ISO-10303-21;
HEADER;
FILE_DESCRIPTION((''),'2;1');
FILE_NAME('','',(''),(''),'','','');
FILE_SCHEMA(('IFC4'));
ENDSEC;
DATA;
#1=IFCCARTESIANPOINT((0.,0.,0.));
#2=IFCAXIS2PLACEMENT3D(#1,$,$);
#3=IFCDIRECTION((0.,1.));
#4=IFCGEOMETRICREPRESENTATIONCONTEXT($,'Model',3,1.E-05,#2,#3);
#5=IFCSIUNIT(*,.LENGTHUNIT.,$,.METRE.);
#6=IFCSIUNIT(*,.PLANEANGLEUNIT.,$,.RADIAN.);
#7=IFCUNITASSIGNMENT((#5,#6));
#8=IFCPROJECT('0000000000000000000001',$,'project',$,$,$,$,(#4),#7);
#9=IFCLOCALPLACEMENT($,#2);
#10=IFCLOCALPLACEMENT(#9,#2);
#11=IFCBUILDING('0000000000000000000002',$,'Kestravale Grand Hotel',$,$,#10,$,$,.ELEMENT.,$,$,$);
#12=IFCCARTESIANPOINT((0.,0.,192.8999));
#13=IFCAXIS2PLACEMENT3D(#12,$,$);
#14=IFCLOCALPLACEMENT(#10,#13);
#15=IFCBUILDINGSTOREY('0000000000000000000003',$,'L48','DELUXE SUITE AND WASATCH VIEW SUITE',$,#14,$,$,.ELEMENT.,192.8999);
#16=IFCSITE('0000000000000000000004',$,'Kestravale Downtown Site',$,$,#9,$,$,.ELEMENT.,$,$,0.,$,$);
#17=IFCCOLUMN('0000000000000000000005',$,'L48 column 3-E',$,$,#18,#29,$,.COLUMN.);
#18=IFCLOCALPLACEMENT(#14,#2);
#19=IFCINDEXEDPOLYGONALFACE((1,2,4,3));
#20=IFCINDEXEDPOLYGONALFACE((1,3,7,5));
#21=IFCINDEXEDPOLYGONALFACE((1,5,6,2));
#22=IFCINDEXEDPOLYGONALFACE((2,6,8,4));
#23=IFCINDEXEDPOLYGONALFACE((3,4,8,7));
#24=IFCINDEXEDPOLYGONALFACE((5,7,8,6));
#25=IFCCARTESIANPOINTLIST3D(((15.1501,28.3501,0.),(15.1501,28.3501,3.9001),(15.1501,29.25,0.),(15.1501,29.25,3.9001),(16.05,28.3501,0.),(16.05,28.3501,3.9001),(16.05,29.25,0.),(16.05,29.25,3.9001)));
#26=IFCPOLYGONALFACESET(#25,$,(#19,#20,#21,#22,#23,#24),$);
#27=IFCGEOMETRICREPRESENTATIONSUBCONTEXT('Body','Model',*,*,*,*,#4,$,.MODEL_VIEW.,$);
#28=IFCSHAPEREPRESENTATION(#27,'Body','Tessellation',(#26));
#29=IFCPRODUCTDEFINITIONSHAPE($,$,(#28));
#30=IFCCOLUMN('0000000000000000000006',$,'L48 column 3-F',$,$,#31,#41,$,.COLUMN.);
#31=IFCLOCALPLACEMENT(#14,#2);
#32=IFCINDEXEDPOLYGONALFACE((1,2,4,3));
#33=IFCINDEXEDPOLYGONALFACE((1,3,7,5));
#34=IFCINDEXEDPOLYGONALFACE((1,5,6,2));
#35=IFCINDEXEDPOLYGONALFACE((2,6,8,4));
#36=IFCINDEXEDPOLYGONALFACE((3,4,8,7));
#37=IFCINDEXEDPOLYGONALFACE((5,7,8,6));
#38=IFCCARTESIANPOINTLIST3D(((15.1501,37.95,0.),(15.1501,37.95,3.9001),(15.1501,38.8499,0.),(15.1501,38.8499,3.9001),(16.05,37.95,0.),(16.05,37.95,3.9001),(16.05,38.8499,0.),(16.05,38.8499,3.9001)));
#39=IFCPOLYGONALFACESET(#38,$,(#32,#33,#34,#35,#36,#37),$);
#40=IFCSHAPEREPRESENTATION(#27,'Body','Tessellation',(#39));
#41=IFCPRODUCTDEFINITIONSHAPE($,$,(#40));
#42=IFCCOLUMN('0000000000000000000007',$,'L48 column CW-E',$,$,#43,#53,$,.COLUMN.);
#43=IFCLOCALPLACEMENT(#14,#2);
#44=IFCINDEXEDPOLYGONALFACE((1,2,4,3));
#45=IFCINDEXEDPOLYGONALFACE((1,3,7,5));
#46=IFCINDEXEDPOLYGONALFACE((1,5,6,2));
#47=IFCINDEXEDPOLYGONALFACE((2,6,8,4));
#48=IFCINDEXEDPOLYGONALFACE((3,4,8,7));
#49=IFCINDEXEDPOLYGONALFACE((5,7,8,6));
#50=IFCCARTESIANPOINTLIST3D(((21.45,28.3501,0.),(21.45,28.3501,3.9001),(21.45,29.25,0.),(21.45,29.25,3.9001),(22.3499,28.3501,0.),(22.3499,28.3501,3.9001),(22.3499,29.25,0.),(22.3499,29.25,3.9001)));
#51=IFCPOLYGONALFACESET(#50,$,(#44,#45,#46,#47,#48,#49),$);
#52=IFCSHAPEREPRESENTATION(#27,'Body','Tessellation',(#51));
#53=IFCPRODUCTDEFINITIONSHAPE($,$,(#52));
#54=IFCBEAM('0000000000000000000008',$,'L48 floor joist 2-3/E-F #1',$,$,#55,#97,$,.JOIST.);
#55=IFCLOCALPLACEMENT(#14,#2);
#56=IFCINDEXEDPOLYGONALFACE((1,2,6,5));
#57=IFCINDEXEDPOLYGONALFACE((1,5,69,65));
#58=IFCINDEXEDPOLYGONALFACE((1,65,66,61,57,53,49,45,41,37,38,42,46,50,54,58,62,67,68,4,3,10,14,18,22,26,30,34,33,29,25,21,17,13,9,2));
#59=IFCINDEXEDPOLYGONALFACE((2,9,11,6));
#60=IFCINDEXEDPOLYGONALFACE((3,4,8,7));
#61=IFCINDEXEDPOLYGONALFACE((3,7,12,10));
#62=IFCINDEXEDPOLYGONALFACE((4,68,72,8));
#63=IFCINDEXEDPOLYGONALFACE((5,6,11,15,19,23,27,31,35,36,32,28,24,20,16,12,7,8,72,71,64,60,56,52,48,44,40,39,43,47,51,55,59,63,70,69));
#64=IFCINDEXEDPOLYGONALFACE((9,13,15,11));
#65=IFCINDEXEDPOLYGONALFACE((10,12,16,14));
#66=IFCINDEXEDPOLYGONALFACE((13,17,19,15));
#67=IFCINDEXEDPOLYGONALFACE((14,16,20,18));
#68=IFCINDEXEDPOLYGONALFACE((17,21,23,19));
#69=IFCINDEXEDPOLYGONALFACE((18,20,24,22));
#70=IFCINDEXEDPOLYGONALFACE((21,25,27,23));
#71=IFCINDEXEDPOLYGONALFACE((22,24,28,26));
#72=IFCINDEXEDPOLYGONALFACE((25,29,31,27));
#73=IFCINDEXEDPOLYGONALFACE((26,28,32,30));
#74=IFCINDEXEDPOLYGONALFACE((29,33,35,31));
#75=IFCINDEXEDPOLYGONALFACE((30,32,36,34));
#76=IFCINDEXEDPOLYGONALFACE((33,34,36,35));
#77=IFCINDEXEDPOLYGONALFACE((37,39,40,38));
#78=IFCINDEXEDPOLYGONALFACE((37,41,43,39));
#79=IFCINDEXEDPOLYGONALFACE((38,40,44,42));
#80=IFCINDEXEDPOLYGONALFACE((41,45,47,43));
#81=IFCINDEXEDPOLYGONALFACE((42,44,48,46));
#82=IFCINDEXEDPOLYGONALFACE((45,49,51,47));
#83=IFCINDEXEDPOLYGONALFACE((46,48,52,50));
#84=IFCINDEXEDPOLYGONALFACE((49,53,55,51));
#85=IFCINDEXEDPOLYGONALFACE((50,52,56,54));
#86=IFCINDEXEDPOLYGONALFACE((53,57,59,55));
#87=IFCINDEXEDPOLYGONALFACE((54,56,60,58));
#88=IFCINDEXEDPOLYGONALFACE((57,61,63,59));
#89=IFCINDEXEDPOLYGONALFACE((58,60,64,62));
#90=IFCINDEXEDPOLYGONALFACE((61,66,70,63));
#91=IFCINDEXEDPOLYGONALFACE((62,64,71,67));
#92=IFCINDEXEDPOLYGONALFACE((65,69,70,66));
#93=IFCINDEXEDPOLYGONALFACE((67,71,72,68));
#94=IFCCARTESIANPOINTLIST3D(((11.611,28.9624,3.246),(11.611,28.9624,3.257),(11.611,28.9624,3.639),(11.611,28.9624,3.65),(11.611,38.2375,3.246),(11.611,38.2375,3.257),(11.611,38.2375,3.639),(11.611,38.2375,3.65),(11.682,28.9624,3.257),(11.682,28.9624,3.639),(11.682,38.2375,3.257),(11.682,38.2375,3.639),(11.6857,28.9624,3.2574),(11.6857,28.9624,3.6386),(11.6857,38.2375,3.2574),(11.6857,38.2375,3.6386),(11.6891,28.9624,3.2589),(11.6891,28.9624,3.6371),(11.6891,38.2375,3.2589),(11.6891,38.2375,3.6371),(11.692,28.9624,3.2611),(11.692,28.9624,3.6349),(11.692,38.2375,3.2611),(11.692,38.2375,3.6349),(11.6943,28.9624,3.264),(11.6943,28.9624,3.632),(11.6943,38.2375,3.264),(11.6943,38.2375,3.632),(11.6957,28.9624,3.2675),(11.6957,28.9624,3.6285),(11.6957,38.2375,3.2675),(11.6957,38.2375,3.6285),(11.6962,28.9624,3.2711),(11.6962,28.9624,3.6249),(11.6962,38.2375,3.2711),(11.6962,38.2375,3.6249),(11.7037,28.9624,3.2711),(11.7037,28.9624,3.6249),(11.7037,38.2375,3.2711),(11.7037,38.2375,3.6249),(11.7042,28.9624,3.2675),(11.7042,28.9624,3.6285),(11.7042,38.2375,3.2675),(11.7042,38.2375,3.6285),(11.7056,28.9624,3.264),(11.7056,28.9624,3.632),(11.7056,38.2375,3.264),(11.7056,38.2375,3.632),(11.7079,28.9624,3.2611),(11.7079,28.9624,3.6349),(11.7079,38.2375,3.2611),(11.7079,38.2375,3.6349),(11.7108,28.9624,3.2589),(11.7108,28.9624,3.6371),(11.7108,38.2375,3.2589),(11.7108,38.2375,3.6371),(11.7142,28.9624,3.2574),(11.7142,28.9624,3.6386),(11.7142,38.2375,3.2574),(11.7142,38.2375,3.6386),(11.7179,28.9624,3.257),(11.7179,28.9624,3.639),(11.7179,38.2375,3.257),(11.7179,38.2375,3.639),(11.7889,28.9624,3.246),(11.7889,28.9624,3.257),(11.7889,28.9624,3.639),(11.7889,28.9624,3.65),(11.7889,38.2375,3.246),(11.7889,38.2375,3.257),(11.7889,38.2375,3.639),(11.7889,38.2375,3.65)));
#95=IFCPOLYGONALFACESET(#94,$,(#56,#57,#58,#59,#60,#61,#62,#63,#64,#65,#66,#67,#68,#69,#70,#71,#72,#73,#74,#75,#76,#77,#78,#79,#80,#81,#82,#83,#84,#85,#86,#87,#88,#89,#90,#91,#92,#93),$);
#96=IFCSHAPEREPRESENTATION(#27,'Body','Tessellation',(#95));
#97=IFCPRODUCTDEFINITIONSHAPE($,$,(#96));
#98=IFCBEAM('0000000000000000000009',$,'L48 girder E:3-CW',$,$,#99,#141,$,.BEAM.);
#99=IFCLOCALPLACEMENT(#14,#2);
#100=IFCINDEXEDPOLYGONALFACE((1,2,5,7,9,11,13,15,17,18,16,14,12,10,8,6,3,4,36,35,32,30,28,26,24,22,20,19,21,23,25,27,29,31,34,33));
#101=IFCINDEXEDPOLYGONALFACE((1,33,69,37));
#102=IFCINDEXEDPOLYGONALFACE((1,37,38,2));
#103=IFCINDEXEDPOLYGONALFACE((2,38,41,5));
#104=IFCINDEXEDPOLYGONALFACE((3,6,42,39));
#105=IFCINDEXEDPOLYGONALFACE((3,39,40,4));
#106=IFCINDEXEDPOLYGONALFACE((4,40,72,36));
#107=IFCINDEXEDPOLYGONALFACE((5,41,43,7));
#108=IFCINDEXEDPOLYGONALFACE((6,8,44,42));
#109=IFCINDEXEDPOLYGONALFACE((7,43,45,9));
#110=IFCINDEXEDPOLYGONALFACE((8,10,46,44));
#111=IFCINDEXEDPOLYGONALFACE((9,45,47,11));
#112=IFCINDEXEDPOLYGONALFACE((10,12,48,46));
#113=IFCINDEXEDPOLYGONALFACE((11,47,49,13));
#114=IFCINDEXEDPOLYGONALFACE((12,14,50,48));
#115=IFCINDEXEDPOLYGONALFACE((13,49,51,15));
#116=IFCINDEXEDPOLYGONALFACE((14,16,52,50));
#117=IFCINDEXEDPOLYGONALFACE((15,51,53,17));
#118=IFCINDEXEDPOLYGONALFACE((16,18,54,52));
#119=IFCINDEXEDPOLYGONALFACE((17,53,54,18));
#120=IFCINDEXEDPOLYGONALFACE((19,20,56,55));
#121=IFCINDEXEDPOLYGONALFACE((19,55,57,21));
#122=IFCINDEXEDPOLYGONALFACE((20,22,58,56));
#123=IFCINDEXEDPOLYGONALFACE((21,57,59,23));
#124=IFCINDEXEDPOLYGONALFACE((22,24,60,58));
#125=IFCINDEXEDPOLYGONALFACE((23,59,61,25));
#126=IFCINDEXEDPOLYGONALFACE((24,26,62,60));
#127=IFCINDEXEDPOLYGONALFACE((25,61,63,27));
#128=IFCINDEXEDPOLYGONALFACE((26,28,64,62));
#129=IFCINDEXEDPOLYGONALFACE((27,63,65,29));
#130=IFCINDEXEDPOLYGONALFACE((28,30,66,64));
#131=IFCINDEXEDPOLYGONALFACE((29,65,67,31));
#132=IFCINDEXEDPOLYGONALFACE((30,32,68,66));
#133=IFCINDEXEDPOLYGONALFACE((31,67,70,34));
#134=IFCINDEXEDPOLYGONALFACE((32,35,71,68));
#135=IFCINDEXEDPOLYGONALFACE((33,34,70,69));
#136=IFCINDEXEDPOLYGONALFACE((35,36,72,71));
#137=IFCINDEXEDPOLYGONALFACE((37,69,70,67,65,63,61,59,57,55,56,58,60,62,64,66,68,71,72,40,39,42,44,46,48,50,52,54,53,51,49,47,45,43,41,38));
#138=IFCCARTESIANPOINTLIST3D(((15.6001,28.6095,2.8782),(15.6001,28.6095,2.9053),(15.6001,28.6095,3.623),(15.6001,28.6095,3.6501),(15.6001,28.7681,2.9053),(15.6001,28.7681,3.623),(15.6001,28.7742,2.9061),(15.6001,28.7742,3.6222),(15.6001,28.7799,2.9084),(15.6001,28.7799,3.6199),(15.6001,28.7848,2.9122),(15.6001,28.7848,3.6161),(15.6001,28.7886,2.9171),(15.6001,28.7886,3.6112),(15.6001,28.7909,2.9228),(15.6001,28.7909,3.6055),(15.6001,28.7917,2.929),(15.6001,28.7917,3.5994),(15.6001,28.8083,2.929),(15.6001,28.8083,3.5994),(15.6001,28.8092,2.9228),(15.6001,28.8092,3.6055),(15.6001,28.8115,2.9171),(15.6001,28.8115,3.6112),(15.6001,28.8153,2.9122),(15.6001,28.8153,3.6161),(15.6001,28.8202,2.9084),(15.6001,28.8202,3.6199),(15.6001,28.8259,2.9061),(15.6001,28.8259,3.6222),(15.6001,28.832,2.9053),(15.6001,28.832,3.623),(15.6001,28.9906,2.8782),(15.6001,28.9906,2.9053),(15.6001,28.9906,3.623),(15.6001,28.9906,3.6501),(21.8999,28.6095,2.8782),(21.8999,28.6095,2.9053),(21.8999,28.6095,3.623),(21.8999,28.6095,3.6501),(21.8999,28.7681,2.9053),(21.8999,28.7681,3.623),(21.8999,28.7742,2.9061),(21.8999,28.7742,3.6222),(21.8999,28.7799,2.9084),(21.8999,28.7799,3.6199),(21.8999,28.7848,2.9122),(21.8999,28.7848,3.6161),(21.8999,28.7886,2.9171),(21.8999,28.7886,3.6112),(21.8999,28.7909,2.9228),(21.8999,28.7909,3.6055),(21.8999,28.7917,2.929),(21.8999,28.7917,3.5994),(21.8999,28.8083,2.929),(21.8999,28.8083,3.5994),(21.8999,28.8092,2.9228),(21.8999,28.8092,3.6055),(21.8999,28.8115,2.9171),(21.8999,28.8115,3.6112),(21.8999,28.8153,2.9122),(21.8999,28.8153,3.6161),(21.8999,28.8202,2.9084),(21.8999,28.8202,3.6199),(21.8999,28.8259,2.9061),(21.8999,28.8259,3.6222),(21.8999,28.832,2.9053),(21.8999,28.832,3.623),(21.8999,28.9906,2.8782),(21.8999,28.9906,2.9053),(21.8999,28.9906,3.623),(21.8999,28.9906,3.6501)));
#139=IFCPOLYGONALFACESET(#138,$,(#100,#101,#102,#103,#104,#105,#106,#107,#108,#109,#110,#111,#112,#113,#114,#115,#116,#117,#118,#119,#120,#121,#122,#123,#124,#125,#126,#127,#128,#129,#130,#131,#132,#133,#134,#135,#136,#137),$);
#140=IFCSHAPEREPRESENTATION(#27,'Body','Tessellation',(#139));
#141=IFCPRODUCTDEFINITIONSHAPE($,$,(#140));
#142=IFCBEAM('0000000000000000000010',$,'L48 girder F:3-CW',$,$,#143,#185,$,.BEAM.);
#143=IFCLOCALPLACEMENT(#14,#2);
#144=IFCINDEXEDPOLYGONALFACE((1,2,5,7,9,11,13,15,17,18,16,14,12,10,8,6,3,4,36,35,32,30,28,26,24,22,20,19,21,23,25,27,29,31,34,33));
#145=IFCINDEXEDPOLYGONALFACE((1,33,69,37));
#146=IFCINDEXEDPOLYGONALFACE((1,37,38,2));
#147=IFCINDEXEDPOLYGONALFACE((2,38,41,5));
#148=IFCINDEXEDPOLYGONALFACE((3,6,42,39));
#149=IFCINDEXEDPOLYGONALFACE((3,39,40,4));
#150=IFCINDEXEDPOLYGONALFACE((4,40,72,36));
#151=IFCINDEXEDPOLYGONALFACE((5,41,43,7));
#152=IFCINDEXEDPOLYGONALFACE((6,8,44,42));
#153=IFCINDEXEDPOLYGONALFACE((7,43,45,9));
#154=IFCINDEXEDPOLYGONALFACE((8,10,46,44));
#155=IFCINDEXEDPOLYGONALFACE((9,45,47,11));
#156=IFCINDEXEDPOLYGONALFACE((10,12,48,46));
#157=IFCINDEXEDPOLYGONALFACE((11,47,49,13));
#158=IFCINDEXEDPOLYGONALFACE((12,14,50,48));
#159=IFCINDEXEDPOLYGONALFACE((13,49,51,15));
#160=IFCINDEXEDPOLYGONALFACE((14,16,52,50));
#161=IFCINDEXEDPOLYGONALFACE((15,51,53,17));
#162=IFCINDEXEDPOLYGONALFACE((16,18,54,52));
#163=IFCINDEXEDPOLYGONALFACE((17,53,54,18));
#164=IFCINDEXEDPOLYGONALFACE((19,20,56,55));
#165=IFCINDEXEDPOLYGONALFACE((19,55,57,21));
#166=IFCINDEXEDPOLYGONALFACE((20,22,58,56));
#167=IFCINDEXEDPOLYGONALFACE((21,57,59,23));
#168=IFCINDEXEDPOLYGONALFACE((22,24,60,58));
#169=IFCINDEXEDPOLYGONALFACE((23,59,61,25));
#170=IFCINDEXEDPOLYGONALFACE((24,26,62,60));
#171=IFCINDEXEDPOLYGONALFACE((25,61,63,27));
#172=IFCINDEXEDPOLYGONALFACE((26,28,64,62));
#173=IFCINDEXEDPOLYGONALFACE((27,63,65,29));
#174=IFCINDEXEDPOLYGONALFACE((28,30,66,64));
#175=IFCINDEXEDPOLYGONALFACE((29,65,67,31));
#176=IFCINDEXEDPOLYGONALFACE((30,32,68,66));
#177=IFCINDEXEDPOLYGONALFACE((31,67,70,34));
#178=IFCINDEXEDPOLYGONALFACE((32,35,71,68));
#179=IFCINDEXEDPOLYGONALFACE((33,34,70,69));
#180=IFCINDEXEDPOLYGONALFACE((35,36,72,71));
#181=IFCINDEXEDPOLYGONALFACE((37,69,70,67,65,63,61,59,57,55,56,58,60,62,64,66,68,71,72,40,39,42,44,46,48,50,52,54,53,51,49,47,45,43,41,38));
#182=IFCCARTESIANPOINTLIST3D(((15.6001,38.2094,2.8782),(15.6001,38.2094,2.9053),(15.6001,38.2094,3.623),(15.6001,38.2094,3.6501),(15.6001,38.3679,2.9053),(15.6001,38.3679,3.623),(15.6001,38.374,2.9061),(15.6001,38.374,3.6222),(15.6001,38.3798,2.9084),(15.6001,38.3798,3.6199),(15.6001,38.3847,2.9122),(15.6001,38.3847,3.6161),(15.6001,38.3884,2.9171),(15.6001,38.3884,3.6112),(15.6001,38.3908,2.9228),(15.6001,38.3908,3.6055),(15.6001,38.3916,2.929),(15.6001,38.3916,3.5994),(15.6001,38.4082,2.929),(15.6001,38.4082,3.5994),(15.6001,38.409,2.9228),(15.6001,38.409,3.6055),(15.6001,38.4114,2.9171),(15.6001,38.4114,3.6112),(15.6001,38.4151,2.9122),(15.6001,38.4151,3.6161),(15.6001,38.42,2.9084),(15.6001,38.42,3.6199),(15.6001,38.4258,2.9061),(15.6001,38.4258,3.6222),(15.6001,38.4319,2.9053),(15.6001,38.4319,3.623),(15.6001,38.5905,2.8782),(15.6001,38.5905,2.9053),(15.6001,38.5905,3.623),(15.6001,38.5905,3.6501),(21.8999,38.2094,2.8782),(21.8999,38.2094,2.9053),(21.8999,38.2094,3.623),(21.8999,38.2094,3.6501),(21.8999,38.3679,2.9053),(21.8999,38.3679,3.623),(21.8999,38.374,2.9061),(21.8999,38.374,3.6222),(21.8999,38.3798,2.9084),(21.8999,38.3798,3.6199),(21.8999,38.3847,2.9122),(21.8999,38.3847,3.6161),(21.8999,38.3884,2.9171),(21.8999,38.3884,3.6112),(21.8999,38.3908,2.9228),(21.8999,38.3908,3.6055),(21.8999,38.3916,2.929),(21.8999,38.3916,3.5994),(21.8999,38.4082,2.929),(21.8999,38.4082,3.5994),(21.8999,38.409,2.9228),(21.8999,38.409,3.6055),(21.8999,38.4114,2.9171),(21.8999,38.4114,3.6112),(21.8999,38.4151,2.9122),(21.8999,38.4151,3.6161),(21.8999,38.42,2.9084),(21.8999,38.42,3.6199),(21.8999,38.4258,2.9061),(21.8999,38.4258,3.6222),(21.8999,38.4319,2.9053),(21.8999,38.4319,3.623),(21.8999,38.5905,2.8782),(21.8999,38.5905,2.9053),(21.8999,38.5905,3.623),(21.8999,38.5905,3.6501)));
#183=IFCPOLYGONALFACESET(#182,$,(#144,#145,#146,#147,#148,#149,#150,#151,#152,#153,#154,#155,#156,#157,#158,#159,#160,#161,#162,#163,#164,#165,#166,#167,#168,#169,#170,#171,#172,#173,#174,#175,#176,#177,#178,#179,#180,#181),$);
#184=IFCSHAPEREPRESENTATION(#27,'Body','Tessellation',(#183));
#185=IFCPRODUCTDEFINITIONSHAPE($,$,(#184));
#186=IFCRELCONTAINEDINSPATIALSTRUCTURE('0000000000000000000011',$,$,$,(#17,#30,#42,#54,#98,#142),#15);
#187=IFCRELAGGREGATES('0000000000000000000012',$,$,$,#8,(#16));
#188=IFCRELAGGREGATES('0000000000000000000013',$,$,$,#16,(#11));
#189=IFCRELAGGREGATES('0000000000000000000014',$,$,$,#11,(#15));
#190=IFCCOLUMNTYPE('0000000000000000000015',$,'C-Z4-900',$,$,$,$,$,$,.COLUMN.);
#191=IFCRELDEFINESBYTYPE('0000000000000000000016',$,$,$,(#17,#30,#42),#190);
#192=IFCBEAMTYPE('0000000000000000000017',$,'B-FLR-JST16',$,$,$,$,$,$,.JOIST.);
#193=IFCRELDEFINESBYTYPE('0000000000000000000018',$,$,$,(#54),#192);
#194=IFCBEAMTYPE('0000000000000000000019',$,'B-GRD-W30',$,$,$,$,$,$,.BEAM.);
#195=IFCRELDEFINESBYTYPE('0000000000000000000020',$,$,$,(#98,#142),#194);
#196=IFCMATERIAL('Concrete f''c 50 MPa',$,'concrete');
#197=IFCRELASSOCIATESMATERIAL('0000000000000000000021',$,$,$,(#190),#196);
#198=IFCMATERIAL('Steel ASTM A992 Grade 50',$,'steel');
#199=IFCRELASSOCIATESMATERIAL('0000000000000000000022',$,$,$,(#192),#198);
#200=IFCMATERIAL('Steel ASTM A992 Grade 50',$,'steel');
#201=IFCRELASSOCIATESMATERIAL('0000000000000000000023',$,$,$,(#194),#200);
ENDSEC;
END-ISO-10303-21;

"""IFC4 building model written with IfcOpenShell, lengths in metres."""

from ifc_helpers import new_model, si_unit, direction, frame, origin, origin_2d, place, context, subcontext, project, spatial, rectangle, i_section, extrude, material, material_profile, profile_set, type_object, element, save


model = new_model("IFC4")

# Units and contexts
model_context = context("Model", 3, precision=1e-05, world=origin(), true_north=direction((0.0, 1.0)))
body_context = subcontext(model_context, "Body", "Model", "MODEL_VIEW")
ifc_project = project(units=[si_unit("LENGTHUNIT", "METRE"), si_unit("PLANEANGLEUNIT", "RADIAN")], contexts=[model_context])

# Site, building, storey
site_placement = place(None, origin())
site = spatial("IfcSite", under=ifc_project, at=site_placement, Name="Kestravale Downtown Site", CompositionType="ELEMENT", RefElevation=0.0)
building_placement = place(site_placement, origin())
building = spatial("IfcBuilding", under=site, at=building_placement, Name="Kestravale Grand Hotel", CompositionType="ELEMENT")
storey_placement = place(building_placement, frame((0.0, 0.0, 192.8999)))
storey = spatial("IfcBuildingStorey", under=building, at=storey_placement, Name="L48", Description="DELUXE SUITE AND WASATCH VIEW SUITE", CompositionType="ELEMENT", Elevation=192.8999)

# Columns
ifc_material_1 = material(Name="Concrete f'c 50 MPa", Category="concrete")
ifc_material_profile_1 = material_profile(ifc_material_1, rectangle(XDim=0.8999, YDim=0.8999, at=origin_2d()))
ifc_profile_set_1 = profile_set([ifc_material_profile_1], Name="Concrete f'c 50 MPa")
column_type = type_object("IfcColumnType", Name="C-Z4-900", PredefinedType="COLUMN", material=ifc_profile_set_1)
for number, where, z_axis, x_axis, name in (
    (1, (15.6001, 28.8, 0.0), (0.0, 0.0, 1.0), (1.0, 0.0, 0.0), "L48 column 3-E"),
    (2, (15.6001, 38.3999, 0.0), (0.0, 0.0, 1.0), (1.0, 0.0, 0.0), "L48 column 3-F"),
    (3, (21.8999, 28.8, 0.0), (0.0, 0.0, 1.0), (1.0, 0.0, 0.0), "L48 column CW-E"),
):
    element("IfcColumn", number, at=place(storey_placement, frame(where, z_axis=z_axis, x_axis=x_axis)), inside=storey, type_object=column_type, Name=name, PredefinedType="COLUMN", context=body_context, shape_type="SweptSolid", body=[
        extrude(rectangle(XDim=0.8999, YDim=0.8999, at=origin_2d()), origin(), (0.0, 0.0, 1.0), 3.9001),
    ])

# Beams
ifc_material_2 = material(Name="Steel ASTM A992 Grade 50", Category="steel")
ifc_material_profile_2 = material_profile(ifc_material_2, i_section(OverallWidth=0.178, OverallDepth=0.4041, WebThickness=0.0076, FlangeThickness=0.011, FilletRadius=0.0142, at=origin_2d()))
ifc_profile_set_2 = profile_set([ifc_material_profile_2], Name="Steel ASTM A992 Grade 50")
beam_type_1 = type_object("IfcBeamType", Name="B-FLR-JST16", PredefinedType="JOIST", material=ifc_profile_set_2)
beam_1_placement = place(storey_placement, frame((11.7, 28.9624, 3.448), z_axis=(0.0, 1.0, 0.0), x_axis=(-1.0, 0.0, 0.0)))
element("IfcBeam", 4, at=beam_1_placement, inside=storey, type_object=beam_type_1, Name="L48 floor joist 2-3/E-F #1", PredefinedType="JOIST", context=body_context, shape_type="SweptSolid", body=[
    extrude(i_section(OverallWidth=0.178, OverallDepth=0.4041, WebThickness=0.0076, FlangeThickness=0.011, FilletRadius=0.0142, at=origin_2d()), origin(), (0.0, 0.0, 1.0), 9.2751),
])
ifc_material_3 = material(Name="Steel ASTM A992 Grade 50", Category="steel")
ifc_material_profile_3 = material_profile(ifc_material_3, i_section(OverallWidth=0.3811, OverallDepth=0.772, WebThickness=0.0166, FlangeThickness=0.0271, FilletRadius=0.0237, at=origin_2d()))
ifc_profile_set_3 = profile_set([ifc_material_profile_3], Name="Steel ASTM A992 Grade 50")
beam_type_2 = type_object("IfcBeamType", Name="B-GRD-W30", PredefinedType="BEAM", material=ifc_profile_set_3)
for number, where, z_axis, x_axis, name in (
    (5, (15.6001, 28.8, 3.2642), (1.0, 0.0, 0.0), (0.0, 1.0, 0.0), "L48 girder E:3-CW"),
    (6, (15.6001, 38.3999, 3.2642), (1.0, 0.0, 0.0), (0.0, 1.0, 0.0), "L48 girder F:3-CW"),
):
    element("IfcBeam", number, at=place(storey_placement, frame(where, z_axis=z_axis, x_axis=x_axis)), inside=storey, type_object=beam_type_2, Name=name, PredefinedType="BEAM", context=body_context, shape_type="SweptSolid", body=[
        extrude(i_section(OverallWidth=0.3811, OverallDepth=0.772, WebThickness=0.0166, FlangeThickness=0.0271, FilletRadius=0.0237, at=origin_2d()), origin(), (0.0, 0.0, 1.0), 6.2998),
    ])

save(model, "model.ifc")
